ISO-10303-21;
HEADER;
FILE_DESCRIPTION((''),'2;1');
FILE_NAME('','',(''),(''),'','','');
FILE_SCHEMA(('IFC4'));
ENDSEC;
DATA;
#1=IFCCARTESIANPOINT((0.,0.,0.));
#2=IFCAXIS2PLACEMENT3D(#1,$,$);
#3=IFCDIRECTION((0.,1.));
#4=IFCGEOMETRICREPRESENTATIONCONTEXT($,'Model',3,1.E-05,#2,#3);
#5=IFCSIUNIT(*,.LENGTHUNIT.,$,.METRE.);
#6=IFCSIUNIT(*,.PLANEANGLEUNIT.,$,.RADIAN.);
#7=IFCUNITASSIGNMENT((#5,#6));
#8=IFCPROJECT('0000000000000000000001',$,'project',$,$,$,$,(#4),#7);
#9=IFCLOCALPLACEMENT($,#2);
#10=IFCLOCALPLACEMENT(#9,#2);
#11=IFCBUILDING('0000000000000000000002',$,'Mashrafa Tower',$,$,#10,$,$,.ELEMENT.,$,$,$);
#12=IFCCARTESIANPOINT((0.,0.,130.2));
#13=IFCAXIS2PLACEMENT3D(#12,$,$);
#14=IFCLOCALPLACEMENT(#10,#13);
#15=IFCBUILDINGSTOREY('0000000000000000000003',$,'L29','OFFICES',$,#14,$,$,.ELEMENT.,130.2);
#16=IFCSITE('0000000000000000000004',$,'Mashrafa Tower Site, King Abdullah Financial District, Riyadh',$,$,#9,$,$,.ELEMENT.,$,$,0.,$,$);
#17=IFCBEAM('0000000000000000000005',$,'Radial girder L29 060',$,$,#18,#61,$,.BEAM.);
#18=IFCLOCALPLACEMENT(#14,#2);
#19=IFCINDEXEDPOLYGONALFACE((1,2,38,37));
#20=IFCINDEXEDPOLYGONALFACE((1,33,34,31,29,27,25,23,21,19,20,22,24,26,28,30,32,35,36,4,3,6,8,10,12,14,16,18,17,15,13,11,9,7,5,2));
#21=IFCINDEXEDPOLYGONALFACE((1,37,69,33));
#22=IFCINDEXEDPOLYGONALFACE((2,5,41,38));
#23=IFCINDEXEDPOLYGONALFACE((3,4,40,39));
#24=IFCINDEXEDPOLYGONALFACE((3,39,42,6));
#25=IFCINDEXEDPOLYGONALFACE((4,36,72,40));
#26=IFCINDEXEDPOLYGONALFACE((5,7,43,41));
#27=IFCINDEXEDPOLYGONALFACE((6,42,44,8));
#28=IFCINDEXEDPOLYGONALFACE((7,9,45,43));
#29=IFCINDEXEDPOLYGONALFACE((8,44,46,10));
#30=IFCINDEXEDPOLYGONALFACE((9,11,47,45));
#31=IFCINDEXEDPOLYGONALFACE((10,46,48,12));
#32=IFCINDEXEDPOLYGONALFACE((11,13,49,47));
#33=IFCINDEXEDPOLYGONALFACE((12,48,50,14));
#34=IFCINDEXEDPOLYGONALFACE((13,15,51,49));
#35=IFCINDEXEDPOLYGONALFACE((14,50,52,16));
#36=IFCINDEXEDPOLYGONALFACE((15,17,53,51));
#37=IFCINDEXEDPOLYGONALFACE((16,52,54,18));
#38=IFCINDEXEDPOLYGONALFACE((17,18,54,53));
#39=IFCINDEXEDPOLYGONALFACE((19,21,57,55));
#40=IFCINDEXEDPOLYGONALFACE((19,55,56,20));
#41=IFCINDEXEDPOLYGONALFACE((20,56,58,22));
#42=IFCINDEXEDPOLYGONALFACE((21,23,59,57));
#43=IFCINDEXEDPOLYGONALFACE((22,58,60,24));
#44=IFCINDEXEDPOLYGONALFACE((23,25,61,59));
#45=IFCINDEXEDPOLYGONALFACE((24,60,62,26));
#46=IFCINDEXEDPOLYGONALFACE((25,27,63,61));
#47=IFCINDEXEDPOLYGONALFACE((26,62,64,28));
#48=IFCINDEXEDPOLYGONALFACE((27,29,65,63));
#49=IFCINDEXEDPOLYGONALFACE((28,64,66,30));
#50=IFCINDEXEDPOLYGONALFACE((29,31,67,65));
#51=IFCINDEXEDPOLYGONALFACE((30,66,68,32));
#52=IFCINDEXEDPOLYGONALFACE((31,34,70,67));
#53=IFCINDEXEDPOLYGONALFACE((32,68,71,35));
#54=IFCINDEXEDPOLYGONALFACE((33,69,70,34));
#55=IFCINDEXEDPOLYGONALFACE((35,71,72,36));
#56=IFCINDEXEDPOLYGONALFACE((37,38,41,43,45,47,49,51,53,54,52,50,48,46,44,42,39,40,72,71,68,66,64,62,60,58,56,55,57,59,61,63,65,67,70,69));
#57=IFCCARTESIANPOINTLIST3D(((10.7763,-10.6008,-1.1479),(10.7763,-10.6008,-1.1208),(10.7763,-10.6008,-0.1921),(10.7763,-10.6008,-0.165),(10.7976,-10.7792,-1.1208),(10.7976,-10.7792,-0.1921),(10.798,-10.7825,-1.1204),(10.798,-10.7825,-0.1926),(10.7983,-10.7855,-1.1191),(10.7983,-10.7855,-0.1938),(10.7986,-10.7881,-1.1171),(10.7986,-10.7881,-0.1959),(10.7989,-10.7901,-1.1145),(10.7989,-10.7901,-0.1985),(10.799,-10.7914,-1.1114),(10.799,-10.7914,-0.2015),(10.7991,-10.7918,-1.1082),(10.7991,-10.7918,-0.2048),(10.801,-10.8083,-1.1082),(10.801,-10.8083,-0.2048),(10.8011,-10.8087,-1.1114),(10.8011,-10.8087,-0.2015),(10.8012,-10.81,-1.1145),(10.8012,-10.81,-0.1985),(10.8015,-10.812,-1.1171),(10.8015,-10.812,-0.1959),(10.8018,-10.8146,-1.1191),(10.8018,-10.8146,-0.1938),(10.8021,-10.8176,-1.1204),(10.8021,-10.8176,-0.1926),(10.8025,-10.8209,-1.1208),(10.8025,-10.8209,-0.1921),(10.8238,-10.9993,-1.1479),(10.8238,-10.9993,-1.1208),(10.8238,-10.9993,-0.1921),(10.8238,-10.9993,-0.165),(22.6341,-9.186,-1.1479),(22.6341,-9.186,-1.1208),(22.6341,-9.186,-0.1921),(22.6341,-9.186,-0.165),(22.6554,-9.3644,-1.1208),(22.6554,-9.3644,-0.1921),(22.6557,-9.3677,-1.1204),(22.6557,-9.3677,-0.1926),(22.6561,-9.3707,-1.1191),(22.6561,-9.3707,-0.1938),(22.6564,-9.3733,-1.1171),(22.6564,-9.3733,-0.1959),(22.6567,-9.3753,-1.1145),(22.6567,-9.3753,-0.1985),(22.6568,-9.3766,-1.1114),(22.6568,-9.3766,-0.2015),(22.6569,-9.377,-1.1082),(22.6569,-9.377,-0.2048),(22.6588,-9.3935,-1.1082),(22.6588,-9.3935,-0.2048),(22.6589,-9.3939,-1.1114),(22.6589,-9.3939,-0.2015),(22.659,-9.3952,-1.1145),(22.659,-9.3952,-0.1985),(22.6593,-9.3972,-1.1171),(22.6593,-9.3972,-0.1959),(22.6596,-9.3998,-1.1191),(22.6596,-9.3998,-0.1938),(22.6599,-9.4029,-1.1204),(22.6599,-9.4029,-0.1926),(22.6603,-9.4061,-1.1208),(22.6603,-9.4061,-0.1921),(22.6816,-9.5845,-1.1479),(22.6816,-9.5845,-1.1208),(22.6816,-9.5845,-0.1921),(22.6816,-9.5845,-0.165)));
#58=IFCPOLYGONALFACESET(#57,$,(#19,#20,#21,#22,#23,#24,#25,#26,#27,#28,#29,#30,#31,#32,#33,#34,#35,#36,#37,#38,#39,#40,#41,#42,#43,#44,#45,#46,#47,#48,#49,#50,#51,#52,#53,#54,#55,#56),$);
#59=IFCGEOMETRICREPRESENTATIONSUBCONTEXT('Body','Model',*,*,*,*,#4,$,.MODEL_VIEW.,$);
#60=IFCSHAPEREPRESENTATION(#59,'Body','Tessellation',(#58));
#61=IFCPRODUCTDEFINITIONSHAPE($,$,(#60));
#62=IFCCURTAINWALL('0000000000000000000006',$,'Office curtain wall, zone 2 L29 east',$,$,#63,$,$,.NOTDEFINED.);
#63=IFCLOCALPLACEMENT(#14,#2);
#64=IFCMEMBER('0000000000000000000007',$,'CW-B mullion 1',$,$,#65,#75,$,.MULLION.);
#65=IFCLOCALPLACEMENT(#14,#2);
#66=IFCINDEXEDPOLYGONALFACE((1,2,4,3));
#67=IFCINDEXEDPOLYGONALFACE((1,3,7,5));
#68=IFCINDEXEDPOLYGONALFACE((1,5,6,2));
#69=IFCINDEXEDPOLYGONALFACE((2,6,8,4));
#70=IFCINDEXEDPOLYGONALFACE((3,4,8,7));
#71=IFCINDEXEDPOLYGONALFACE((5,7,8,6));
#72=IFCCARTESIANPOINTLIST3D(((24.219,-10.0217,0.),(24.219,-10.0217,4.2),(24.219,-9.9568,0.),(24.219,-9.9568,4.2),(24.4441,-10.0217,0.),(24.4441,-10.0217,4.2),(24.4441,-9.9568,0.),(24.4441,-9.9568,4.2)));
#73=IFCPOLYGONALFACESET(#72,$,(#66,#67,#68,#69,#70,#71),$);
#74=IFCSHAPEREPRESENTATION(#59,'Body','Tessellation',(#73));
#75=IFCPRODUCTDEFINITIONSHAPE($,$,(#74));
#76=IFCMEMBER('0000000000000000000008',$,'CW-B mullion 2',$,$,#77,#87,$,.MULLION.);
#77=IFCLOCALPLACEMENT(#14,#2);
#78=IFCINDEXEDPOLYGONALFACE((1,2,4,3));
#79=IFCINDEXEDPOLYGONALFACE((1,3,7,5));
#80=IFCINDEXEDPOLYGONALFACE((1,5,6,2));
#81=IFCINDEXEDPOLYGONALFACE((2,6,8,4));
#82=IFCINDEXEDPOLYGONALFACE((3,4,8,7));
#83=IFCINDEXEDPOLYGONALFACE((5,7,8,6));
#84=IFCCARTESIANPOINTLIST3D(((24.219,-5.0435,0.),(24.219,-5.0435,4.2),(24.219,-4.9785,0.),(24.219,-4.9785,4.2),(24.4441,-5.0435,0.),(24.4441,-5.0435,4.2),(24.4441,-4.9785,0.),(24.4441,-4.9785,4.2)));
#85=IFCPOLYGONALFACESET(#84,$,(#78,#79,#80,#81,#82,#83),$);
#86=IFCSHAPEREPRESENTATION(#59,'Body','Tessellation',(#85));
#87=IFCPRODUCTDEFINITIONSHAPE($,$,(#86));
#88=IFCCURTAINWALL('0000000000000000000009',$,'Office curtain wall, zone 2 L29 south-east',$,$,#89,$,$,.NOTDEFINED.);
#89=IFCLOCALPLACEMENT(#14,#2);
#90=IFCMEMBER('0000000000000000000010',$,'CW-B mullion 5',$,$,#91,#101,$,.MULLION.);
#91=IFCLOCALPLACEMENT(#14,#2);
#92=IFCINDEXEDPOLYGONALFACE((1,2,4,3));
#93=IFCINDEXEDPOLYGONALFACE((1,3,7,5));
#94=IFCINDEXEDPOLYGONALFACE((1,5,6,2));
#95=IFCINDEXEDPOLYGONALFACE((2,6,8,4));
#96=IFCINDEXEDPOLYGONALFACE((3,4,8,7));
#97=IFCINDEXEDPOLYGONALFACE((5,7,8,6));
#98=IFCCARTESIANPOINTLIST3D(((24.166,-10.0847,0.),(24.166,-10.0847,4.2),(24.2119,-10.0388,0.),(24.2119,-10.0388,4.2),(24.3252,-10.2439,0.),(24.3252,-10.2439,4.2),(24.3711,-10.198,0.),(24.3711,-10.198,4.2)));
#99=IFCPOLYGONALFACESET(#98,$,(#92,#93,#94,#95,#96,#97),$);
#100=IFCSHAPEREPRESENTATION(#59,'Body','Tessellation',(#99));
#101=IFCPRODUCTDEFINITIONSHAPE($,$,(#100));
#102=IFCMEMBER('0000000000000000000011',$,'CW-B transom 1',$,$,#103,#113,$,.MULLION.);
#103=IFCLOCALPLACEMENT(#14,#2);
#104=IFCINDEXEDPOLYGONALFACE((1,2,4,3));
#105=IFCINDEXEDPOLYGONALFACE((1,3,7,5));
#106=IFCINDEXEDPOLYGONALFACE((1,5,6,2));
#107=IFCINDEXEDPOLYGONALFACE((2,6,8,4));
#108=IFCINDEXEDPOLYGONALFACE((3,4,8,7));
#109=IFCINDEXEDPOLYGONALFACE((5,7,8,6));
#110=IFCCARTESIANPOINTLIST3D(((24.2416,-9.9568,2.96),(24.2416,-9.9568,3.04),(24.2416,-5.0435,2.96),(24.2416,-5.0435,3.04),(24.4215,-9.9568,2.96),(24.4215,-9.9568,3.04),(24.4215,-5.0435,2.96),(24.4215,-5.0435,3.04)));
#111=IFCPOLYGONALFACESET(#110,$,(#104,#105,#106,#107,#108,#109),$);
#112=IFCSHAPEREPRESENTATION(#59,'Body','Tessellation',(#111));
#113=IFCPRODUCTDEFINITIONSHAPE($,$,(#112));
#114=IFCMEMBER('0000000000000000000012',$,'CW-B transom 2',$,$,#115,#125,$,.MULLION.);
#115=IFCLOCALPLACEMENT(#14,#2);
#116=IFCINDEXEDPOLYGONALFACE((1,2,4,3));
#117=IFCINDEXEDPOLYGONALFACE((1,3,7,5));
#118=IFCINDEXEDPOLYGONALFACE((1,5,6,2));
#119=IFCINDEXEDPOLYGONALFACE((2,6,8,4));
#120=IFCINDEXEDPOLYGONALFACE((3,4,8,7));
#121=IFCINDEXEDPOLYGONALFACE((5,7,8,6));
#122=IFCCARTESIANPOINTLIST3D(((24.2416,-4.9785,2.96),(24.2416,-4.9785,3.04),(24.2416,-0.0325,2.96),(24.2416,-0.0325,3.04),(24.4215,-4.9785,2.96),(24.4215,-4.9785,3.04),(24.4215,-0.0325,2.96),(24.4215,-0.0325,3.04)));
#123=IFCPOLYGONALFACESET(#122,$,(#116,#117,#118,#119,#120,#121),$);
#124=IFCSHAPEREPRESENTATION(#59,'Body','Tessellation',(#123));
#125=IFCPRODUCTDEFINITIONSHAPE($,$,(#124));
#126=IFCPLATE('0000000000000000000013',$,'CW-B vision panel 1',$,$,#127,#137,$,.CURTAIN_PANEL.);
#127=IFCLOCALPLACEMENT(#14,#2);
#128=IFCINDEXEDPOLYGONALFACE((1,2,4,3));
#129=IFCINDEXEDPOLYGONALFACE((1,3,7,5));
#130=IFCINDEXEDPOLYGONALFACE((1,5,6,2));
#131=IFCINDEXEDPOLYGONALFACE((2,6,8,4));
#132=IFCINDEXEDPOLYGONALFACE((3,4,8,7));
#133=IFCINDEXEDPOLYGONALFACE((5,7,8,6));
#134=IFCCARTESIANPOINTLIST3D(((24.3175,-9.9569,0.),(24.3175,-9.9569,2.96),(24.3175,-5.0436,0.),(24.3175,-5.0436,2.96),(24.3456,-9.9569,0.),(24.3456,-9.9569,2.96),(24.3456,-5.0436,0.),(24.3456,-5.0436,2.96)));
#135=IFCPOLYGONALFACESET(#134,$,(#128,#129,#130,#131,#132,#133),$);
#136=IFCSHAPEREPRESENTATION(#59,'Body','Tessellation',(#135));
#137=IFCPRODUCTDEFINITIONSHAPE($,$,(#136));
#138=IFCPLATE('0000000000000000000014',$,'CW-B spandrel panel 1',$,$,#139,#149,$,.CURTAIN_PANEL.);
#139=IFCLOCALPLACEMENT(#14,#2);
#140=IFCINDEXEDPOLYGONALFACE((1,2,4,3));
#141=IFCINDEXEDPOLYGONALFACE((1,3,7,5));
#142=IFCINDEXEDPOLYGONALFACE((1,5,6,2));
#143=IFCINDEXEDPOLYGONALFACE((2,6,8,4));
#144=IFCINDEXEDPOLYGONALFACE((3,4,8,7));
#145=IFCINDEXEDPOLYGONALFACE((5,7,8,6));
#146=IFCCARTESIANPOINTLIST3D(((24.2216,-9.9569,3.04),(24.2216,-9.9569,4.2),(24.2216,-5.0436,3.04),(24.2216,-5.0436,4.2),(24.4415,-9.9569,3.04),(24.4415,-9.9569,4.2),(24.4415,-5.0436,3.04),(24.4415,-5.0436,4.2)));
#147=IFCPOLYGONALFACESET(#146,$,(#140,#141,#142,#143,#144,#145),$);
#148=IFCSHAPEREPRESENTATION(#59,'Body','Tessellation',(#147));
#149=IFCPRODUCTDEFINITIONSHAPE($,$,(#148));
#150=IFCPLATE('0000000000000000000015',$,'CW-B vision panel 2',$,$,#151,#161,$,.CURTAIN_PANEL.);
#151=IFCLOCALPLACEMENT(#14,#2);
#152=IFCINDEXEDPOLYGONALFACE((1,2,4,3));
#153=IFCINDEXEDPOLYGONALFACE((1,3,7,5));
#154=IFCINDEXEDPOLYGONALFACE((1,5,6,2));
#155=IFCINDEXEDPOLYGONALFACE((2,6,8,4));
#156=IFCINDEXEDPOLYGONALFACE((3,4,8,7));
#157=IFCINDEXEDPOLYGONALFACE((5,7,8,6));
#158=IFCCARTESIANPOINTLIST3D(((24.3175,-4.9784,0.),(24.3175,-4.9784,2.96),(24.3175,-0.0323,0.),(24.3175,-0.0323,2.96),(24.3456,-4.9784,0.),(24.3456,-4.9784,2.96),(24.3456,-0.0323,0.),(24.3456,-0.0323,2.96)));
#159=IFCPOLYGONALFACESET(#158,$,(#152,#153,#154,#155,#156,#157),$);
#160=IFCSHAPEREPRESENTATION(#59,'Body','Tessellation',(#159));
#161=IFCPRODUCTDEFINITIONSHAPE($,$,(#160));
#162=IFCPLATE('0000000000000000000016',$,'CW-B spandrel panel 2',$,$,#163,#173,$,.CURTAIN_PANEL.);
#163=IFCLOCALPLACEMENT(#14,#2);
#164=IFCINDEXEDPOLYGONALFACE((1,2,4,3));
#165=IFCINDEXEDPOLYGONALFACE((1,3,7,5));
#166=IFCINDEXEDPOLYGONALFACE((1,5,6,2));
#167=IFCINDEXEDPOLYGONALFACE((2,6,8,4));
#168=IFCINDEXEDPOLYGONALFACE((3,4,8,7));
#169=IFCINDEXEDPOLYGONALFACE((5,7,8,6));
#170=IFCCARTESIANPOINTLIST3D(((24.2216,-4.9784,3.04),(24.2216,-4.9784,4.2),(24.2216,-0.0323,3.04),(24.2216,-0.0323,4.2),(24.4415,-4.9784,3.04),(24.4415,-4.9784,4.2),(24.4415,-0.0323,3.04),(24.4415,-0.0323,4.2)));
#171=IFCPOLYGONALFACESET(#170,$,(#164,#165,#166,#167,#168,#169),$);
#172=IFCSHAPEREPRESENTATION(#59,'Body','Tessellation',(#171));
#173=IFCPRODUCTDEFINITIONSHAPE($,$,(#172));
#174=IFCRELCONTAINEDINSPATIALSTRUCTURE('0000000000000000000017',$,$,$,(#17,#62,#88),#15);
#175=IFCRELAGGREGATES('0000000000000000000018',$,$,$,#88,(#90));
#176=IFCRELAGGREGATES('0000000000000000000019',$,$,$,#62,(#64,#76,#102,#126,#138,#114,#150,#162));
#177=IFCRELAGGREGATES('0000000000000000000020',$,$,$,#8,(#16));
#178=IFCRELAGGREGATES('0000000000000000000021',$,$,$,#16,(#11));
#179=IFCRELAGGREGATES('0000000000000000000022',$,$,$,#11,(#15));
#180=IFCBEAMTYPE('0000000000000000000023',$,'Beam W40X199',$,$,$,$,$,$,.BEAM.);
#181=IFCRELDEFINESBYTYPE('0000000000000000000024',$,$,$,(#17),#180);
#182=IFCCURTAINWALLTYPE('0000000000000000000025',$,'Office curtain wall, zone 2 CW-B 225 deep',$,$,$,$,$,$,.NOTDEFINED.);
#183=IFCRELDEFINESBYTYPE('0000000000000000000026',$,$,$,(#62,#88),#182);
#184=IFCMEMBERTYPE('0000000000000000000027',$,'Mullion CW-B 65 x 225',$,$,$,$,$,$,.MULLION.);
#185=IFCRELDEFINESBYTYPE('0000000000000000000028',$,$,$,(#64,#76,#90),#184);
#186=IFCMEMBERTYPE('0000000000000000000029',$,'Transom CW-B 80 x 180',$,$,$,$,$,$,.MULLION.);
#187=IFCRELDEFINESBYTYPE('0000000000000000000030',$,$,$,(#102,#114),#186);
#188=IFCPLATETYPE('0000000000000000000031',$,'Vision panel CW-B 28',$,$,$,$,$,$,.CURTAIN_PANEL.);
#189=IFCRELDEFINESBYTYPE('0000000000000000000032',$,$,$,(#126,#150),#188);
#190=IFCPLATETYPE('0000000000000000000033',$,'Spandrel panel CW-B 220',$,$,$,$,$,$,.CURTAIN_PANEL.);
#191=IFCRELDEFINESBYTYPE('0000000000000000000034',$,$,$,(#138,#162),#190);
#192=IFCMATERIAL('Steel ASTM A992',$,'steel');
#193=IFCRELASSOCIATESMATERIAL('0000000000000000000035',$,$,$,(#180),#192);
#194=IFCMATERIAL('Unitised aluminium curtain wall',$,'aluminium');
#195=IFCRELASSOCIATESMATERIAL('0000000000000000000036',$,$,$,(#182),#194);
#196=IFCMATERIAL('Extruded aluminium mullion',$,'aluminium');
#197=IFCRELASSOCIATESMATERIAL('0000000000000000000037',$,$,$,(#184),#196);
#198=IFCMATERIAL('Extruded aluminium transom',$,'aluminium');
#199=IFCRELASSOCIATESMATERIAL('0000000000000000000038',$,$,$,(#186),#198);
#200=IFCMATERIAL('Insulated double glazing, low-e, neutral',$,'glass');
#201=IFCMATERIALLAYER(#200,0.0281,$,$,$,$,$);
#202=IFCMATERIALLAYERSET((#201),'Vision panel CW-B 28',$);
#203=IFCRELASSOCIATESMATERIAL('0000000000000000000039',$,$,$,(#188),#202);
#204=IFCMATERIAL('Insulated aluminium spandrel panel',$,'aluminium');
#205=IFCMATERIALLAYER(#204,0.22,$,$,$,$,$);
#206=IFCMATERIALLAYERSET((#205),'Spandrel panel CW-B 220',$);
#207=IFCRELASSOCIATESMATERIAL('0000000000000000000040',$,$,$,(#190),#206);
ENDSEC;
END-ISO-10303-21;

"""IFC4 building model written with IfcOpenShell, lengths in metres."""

from ifc_helpers import new_model, si_unit, direction, frame, origin, origin_2d, place, context, subcontext, project, spatial, rectangle, i_section, extrude, source, transform, mapped, material, layer, layer_set, material_profile, profile_set, type_object, type_shapes, element, aggregate, save


model = new_model("IFC4")

# Units and contexts
model_context = context("Model", 3, precision=1e-05, world=origin(), true_north=direction((0.0, 1.0)))
body_context = subcontext(model_context, "Body", "Model", "MODEL_VIEW")
ifc_project = project(units=[si_unit("LENGTHUNIT", "METRE"), si_unit("PLANEANGLEUNIT", "RADIAN")], contexts=[model_context])

# Site, building, storey
site_placement = place(None, origin())
site = spatial("IfcSite", under=ifc_project, at=site_placement, Name="Mashrafa Tower Site, King Abdullah Financial District, Riyadh", CompositionType="ELEMENT", RefElevation=0.0)
building_placement = place(site_placement, origin())
building = spatial("IfcBuilding", under=site, at=building_placement, Name="Mashrafa Tower", CompositionType="ELEMENT")
storey_placement = place(building_placement, frame((0.0, 0.0, 130.2)))
storey = spatial("IfcBuildingStorey", under=building, at=storey_placement, Name="L29", Description="OFFICES", CompositionType="ELEMENT", Elevation=130.2)

# Beam
ifc_material_1 = material(Name="Steel ASTM A992", Category="steel")
ifc_material_profile_1 = material_profile(ifc_material_1, i_section(OverallWidth=0.4014, OverallDepth=0.9829, WebThickness=0.0166, FlangeThickness=0.0271, FilletRadius=0.0127, at=origin_2d()), Name="W40X199")
ifc_profile_set_1 = profile_set([ifc_material_profile_1], Name="Steel ASTM A992")
beam_type_1 = type_object("IfcBeamType", Name="Beam W40X199", PredefinedType="BEAM", material=ifc_profile_set_1)
beam_1_placement = place(storey_placement, frame((10.8, -10.8, -0.6565), z_axis=(0.992957, 0.118472, 0.0), x_axis=(-0.118472, 0.992957, 0.0)))
element("IfcBeam", 1, at=beam_1_placement, inside=storey, type_object=beam_type_1, Name="Radial girder L29 060", PredefinedType="BEAM", context=body_context, shape_type="SweptSolid", body=[
    extrude(i_section(OverallWidth=0.4014, OverallDepth=0.9829, WebThickness=0.0166, FlangeThickness=0.0271, FilletRadius=0.0127, at=origin_2d()), origin(), (0.0, 0.0, 1.0), 11.9419),
])

# Curtain wall, members
ifc_material_2 = material(Name="Unitised aluminium curtain wall", Category="aluminium")
curtain_wall_type = type_object("IfcCurtainWallType", Name="Office curtain wall, zone 2 CW-B 225 deep", PredefinedType="NOTDEFINED", material=ifc_material_2)
curtain_wall_1_placement = place(storey_placement, origin())
curtain_wall_1 = element("IfcCurtainWall", 2, at=curtain_wall_1_placement, inside=storey, type_object=curtain_wall_type, Name="Office curtain wall, zone 2 L29 east", PredefinedType="NOTDEFINED")
ifc_material_3 = material(Name="Extruded aluminium mullion", Category="aluminium")
ifc_material_profile_2 = material_profile(ifc_material_3, rectangle(XDim=0.2251, YDim=0.0649, at=origin_2d()), Name="Mullion 65x225")
ifc_profile_set_2 = profile_set([ifc_material_profile_2], Name="Extruded aluminium mullion")
member_type_1 = type_object("IfcMemberType", Name="Mullion CW-B 65 x 225", PredefinedType="MULLION", material=ifc_profile_set_2)
shared_shape_1 = source(origin(), body_context, "Body", "SweptSolid", [
    extrude(rectangle(XDim=0.2251, YDim=0.0649, at=origin_2d()), origin(), (0.0, 0.0, 1.0), 4.2),
])
type_shapes(member_type_1, [shared_shape_1])
member_1_placement = place(storey_placement, frame((24.3315, -9.9893, 0.0), z_axis=(0.0, 0.0, 1.0), x_axis=(-1.0, 0.0, 0.0)))
member_1 = element("IfcMember", 3, at=member_1_placement, type_object=member_type_1, Name="CW-B mullion 1", PredefinedType="MULLION", context=body_context, shape_type="MappedRepresentation", body=[
    mapped(shared_shape_1, transform((0.0, 0.0, 0.0))),
])
member_2_placement = place(storey_placement, frame((24.3315, -5.011, 0.0), z_axis=(0.0, 0.0, 1.0), x_axis=(-1.0, 0.0, 0.0)))
member_2 = element("IfcMember", 4, at=member_2_placement, type_object=member_type_1, Name="CW-B mullion 2", PredefinedType="MULLION", context=body_context, shape_type="MappedRepresentation", body=[
    mapped(shared_shape_1, transform((0.0, 0.0, 0.0))),
])

# Curtain wall, member
curtain_wall_2_placement = place(storey_placement, origin())
curtain_wall_2 = element("IfcCurtainWall", 5, at=curtain_wall_2_placement, inside=storey, type_object=curtain_wall_type, Name="Office curtain wall, zone 2 L29 south-east", PredefinedType="NOTDEFINED")
member_3_placement = place(storey_placement, frame((24.2686, -10.1414, 0.0), z_axis=(0.0, 0.0, 1.0), x_axis=(-0.707107, 0.707107, 0.0)))
member_3 = element("IfcMember", 6, at=member_3_placement, type_object=member_type_1, Name="CW-B mullion 5", PredefinedType="MULLION", context=body_context, shape_type="MappedRepresentation", body=[
    mapped(shared_shape_1, transform((0.0, 0.0, 0.0))),
])
aggregate(curtain_wall_2, [member_3])

# Members
ifc_material_4 = material(Name="Extruded aluminium transom", Category="aluminium")
ifc_material_profile_3 = material_profile(ifc_material_4, rectangle(XDim=0.1799, YDim=0.0801, at=origin_2d()), Name="Transom 80x180")
ifc_profile_set_3 = profile_set([ifc_material_profile_3], Name="Extruded aluminium transom")
member_type_2 = type_object("IfcMemberType", Name="Transom CW-B 80 x 180", PredefinedType="MULLION", material=ifc_profile_set_3)
shared_shape_2 = source(origin(), body_context, "Body", "SweptSolid", [
    extrude(rectangle(XDim=0.1799, YDim=0.0801, at=origin_2d()), origin(), (0.0, 0.0, 1.0), 4.9133),
])
member_4_placement = place(storey_placement, frame((24.3315, -9.9568, 3.0), z_axis=(0.0, 1.0, 0.0), x_axis=(-1.0, 0.0, 0.0)))
member_4 = element("IfcMember", 7, at=member_4_placement, type_object=member_type_2, Name="CW-B transom 1", PredefinedType="MULLION", context=body_context, shape_type="MappedRepresentation", body=[
    mapped(shared_shape_2, transform((0.0, 0.0, 0.0))),
])
shared_shape_3 = source(origin(), body_context, "Body", "SweptSolid", [
    extrude(rectangle(XDim=0.1799, YDim=0.0801, at=origin_2d()), origin(), (0.0, 0.0, 1.0), 4.946),
])
type_shapes(member_type_2, [shared_shape_2, shared_shape_3])
member_5_placement = place(storey_placement, frame((24.3315, -4.9785, 3.0), z_axis=(0.0, 1.0, 0.0), x_axis=(-1.0, 0.0, 0.0)))
member_5 = element("IfcMember", 8, at=member_5_placement, type_object=member_type_2, Name="CW-B transom 2", PredefinedType="MULLION", context=body_context, shape_type="MappedRepresentation", body=[
    mapped(shared_shape_3, transform((0.0, 0.0, 0.0))),
])

# Plates
ifc_material_5 = material(Name="Insulated double glazing, low-e, neutral", Category="glass")
ifc_layer_1 = layer(ifc_material_5, 0.0281)
ifc_layer_set_1 = layer_set([ifc_layer_1], Name="Vision panel CW-B 28")
plate_type_1 = type_object("IfcPlateType", Name="Vision panel CW-B 28", PredefinedType="CURTAIN_PANEL", material=ifc_layer_set_1)
shared_shape_4 = source(origin(), body_context, "Body", "SweptSolid", [
    extrude(rectangle(XDim=4.9133, YDim=0.0281, at=origin_2d()), origin(), (0.0, 0.0, 1.0), 2.96),
])
plate_1_placement = place(storey_placement, frame((24.3315, -7.5002, 0.0), z_axis=(0.0, 0.0, 1.0), x_axis=(0.0, 1.0, 0.0)))
plate_1 = element("IfcPlate", 9, at=plate_1_placement, type_object=plate_type_1, Name="CW-B vision panel 1", PredefinedType="CURTAIN_PANEL", context=body_context, shape_type="MappedRepresentation", body=[
    mapped(shared_shape_4, transform((0.0, 0.0, 0.0))),
])
ifc_material_6 = material(Name="Insulated aluminium spandrel panel", Category="aluminium")
ifc_layer_2 = layer(ifc_material_6, 0.22)
ifc_layer_set_2 = layer_set([ifc_layer_2], Name="Spandrel panel CW-B 220")
plate_type_2 = type_object("IfcPlateType", Name="Spandrel panel CW-B 220", PredefinedType="CURTAIN_PANEL", material=ifc_layer_set_2)
shared_shape_5 = source(origin(), body_context, "Body", "SweptSolid", [
    extrude(rectangle(XDim=4.9133, YDim=0.22, at=origin_2d()), origin(), (0.0, 0.0, 1.0), 1.1599),
])
plate_2_placement = place(storey_placement, frame((24.3315, -7.5002, 3.04), z_axis=(0.0, 0.0, 1.0), x_axis=(0.0, 1.0, 0.0)))
plate_2 = element("IfcPlate", 10, at=plate_2_placement, type_object=plate_type_2, Name="CW-B spandrel panel 1", PredefinedType="CURTAIN_PANEL", context=body_context, shape_type="MappedRepresentation", body=[
    mapped(shared_shape_5, transform((0.0, 0.0, 0.0))),
])
shared_shape_6 = source(origin(), body_context, "Body", "SweptSolid", [
    extrude(rectangle(XDim=4.946, YDim=0.0281, at=origin_2d()), origin(), (0.0, 0.0, 1.0), 2.96),
])
type_shapes(plate_type_1, [shared_shape_4, shared_shape_6])
plate_3_placement = place(storey_placement, frame((24.3315, -2.5054, 0.0), z_axis=(0.0, 0.0, 1.0), x_axis=(0.0, 1.0, 0.0)))
plate_3 = element("IfcPlate", 11, at=plate_3_placement, type_object=plate_type_1, Name="CW-B vision panel 2", PredefinedType="CURTAIN_PANEL", context=body_context, shape_type="MappedRepresentation", body=[
    mapped(shared_shape_6, transform((0.0, 0.0, 0.0))),
])
shared_shape_7 = source(origin(), body_context, "Body", "SweptSolid", [
    extrude(rectangle(XDim=4.946, YDim=0.22, at=origin_2d()), origin(), (0.0, 0.0, 1.0), 1.1599),
])
type_shapes(plate_type_2, [shared_shape_5, shared_shape_7])
plate_4_placement = place(storey_placement, frame((24.3315, -2.5054, 3.04), z_axis=(0.0, 0.0, 1.0), x_axis=(0.0, 1.0, 0.0)))
plate_4 = element("IfcPlate", 12, at=plate_4_placement, type_object=plate_type_2, Name="CW-B spandrel panel 2", PredefinedType="CURTAIN_PANEL", context=body_context, shape_type="MappedRepresentation", body=[
    mapped(shared_shape_7, transform((0.0, 0.0, 0.0))),
])
aggregate(curtain_wall_1, [member_1, member_2, member_4, plate_1, plate_2, member_5, plate_3, plate_4])

save(model, "model.ifc")
